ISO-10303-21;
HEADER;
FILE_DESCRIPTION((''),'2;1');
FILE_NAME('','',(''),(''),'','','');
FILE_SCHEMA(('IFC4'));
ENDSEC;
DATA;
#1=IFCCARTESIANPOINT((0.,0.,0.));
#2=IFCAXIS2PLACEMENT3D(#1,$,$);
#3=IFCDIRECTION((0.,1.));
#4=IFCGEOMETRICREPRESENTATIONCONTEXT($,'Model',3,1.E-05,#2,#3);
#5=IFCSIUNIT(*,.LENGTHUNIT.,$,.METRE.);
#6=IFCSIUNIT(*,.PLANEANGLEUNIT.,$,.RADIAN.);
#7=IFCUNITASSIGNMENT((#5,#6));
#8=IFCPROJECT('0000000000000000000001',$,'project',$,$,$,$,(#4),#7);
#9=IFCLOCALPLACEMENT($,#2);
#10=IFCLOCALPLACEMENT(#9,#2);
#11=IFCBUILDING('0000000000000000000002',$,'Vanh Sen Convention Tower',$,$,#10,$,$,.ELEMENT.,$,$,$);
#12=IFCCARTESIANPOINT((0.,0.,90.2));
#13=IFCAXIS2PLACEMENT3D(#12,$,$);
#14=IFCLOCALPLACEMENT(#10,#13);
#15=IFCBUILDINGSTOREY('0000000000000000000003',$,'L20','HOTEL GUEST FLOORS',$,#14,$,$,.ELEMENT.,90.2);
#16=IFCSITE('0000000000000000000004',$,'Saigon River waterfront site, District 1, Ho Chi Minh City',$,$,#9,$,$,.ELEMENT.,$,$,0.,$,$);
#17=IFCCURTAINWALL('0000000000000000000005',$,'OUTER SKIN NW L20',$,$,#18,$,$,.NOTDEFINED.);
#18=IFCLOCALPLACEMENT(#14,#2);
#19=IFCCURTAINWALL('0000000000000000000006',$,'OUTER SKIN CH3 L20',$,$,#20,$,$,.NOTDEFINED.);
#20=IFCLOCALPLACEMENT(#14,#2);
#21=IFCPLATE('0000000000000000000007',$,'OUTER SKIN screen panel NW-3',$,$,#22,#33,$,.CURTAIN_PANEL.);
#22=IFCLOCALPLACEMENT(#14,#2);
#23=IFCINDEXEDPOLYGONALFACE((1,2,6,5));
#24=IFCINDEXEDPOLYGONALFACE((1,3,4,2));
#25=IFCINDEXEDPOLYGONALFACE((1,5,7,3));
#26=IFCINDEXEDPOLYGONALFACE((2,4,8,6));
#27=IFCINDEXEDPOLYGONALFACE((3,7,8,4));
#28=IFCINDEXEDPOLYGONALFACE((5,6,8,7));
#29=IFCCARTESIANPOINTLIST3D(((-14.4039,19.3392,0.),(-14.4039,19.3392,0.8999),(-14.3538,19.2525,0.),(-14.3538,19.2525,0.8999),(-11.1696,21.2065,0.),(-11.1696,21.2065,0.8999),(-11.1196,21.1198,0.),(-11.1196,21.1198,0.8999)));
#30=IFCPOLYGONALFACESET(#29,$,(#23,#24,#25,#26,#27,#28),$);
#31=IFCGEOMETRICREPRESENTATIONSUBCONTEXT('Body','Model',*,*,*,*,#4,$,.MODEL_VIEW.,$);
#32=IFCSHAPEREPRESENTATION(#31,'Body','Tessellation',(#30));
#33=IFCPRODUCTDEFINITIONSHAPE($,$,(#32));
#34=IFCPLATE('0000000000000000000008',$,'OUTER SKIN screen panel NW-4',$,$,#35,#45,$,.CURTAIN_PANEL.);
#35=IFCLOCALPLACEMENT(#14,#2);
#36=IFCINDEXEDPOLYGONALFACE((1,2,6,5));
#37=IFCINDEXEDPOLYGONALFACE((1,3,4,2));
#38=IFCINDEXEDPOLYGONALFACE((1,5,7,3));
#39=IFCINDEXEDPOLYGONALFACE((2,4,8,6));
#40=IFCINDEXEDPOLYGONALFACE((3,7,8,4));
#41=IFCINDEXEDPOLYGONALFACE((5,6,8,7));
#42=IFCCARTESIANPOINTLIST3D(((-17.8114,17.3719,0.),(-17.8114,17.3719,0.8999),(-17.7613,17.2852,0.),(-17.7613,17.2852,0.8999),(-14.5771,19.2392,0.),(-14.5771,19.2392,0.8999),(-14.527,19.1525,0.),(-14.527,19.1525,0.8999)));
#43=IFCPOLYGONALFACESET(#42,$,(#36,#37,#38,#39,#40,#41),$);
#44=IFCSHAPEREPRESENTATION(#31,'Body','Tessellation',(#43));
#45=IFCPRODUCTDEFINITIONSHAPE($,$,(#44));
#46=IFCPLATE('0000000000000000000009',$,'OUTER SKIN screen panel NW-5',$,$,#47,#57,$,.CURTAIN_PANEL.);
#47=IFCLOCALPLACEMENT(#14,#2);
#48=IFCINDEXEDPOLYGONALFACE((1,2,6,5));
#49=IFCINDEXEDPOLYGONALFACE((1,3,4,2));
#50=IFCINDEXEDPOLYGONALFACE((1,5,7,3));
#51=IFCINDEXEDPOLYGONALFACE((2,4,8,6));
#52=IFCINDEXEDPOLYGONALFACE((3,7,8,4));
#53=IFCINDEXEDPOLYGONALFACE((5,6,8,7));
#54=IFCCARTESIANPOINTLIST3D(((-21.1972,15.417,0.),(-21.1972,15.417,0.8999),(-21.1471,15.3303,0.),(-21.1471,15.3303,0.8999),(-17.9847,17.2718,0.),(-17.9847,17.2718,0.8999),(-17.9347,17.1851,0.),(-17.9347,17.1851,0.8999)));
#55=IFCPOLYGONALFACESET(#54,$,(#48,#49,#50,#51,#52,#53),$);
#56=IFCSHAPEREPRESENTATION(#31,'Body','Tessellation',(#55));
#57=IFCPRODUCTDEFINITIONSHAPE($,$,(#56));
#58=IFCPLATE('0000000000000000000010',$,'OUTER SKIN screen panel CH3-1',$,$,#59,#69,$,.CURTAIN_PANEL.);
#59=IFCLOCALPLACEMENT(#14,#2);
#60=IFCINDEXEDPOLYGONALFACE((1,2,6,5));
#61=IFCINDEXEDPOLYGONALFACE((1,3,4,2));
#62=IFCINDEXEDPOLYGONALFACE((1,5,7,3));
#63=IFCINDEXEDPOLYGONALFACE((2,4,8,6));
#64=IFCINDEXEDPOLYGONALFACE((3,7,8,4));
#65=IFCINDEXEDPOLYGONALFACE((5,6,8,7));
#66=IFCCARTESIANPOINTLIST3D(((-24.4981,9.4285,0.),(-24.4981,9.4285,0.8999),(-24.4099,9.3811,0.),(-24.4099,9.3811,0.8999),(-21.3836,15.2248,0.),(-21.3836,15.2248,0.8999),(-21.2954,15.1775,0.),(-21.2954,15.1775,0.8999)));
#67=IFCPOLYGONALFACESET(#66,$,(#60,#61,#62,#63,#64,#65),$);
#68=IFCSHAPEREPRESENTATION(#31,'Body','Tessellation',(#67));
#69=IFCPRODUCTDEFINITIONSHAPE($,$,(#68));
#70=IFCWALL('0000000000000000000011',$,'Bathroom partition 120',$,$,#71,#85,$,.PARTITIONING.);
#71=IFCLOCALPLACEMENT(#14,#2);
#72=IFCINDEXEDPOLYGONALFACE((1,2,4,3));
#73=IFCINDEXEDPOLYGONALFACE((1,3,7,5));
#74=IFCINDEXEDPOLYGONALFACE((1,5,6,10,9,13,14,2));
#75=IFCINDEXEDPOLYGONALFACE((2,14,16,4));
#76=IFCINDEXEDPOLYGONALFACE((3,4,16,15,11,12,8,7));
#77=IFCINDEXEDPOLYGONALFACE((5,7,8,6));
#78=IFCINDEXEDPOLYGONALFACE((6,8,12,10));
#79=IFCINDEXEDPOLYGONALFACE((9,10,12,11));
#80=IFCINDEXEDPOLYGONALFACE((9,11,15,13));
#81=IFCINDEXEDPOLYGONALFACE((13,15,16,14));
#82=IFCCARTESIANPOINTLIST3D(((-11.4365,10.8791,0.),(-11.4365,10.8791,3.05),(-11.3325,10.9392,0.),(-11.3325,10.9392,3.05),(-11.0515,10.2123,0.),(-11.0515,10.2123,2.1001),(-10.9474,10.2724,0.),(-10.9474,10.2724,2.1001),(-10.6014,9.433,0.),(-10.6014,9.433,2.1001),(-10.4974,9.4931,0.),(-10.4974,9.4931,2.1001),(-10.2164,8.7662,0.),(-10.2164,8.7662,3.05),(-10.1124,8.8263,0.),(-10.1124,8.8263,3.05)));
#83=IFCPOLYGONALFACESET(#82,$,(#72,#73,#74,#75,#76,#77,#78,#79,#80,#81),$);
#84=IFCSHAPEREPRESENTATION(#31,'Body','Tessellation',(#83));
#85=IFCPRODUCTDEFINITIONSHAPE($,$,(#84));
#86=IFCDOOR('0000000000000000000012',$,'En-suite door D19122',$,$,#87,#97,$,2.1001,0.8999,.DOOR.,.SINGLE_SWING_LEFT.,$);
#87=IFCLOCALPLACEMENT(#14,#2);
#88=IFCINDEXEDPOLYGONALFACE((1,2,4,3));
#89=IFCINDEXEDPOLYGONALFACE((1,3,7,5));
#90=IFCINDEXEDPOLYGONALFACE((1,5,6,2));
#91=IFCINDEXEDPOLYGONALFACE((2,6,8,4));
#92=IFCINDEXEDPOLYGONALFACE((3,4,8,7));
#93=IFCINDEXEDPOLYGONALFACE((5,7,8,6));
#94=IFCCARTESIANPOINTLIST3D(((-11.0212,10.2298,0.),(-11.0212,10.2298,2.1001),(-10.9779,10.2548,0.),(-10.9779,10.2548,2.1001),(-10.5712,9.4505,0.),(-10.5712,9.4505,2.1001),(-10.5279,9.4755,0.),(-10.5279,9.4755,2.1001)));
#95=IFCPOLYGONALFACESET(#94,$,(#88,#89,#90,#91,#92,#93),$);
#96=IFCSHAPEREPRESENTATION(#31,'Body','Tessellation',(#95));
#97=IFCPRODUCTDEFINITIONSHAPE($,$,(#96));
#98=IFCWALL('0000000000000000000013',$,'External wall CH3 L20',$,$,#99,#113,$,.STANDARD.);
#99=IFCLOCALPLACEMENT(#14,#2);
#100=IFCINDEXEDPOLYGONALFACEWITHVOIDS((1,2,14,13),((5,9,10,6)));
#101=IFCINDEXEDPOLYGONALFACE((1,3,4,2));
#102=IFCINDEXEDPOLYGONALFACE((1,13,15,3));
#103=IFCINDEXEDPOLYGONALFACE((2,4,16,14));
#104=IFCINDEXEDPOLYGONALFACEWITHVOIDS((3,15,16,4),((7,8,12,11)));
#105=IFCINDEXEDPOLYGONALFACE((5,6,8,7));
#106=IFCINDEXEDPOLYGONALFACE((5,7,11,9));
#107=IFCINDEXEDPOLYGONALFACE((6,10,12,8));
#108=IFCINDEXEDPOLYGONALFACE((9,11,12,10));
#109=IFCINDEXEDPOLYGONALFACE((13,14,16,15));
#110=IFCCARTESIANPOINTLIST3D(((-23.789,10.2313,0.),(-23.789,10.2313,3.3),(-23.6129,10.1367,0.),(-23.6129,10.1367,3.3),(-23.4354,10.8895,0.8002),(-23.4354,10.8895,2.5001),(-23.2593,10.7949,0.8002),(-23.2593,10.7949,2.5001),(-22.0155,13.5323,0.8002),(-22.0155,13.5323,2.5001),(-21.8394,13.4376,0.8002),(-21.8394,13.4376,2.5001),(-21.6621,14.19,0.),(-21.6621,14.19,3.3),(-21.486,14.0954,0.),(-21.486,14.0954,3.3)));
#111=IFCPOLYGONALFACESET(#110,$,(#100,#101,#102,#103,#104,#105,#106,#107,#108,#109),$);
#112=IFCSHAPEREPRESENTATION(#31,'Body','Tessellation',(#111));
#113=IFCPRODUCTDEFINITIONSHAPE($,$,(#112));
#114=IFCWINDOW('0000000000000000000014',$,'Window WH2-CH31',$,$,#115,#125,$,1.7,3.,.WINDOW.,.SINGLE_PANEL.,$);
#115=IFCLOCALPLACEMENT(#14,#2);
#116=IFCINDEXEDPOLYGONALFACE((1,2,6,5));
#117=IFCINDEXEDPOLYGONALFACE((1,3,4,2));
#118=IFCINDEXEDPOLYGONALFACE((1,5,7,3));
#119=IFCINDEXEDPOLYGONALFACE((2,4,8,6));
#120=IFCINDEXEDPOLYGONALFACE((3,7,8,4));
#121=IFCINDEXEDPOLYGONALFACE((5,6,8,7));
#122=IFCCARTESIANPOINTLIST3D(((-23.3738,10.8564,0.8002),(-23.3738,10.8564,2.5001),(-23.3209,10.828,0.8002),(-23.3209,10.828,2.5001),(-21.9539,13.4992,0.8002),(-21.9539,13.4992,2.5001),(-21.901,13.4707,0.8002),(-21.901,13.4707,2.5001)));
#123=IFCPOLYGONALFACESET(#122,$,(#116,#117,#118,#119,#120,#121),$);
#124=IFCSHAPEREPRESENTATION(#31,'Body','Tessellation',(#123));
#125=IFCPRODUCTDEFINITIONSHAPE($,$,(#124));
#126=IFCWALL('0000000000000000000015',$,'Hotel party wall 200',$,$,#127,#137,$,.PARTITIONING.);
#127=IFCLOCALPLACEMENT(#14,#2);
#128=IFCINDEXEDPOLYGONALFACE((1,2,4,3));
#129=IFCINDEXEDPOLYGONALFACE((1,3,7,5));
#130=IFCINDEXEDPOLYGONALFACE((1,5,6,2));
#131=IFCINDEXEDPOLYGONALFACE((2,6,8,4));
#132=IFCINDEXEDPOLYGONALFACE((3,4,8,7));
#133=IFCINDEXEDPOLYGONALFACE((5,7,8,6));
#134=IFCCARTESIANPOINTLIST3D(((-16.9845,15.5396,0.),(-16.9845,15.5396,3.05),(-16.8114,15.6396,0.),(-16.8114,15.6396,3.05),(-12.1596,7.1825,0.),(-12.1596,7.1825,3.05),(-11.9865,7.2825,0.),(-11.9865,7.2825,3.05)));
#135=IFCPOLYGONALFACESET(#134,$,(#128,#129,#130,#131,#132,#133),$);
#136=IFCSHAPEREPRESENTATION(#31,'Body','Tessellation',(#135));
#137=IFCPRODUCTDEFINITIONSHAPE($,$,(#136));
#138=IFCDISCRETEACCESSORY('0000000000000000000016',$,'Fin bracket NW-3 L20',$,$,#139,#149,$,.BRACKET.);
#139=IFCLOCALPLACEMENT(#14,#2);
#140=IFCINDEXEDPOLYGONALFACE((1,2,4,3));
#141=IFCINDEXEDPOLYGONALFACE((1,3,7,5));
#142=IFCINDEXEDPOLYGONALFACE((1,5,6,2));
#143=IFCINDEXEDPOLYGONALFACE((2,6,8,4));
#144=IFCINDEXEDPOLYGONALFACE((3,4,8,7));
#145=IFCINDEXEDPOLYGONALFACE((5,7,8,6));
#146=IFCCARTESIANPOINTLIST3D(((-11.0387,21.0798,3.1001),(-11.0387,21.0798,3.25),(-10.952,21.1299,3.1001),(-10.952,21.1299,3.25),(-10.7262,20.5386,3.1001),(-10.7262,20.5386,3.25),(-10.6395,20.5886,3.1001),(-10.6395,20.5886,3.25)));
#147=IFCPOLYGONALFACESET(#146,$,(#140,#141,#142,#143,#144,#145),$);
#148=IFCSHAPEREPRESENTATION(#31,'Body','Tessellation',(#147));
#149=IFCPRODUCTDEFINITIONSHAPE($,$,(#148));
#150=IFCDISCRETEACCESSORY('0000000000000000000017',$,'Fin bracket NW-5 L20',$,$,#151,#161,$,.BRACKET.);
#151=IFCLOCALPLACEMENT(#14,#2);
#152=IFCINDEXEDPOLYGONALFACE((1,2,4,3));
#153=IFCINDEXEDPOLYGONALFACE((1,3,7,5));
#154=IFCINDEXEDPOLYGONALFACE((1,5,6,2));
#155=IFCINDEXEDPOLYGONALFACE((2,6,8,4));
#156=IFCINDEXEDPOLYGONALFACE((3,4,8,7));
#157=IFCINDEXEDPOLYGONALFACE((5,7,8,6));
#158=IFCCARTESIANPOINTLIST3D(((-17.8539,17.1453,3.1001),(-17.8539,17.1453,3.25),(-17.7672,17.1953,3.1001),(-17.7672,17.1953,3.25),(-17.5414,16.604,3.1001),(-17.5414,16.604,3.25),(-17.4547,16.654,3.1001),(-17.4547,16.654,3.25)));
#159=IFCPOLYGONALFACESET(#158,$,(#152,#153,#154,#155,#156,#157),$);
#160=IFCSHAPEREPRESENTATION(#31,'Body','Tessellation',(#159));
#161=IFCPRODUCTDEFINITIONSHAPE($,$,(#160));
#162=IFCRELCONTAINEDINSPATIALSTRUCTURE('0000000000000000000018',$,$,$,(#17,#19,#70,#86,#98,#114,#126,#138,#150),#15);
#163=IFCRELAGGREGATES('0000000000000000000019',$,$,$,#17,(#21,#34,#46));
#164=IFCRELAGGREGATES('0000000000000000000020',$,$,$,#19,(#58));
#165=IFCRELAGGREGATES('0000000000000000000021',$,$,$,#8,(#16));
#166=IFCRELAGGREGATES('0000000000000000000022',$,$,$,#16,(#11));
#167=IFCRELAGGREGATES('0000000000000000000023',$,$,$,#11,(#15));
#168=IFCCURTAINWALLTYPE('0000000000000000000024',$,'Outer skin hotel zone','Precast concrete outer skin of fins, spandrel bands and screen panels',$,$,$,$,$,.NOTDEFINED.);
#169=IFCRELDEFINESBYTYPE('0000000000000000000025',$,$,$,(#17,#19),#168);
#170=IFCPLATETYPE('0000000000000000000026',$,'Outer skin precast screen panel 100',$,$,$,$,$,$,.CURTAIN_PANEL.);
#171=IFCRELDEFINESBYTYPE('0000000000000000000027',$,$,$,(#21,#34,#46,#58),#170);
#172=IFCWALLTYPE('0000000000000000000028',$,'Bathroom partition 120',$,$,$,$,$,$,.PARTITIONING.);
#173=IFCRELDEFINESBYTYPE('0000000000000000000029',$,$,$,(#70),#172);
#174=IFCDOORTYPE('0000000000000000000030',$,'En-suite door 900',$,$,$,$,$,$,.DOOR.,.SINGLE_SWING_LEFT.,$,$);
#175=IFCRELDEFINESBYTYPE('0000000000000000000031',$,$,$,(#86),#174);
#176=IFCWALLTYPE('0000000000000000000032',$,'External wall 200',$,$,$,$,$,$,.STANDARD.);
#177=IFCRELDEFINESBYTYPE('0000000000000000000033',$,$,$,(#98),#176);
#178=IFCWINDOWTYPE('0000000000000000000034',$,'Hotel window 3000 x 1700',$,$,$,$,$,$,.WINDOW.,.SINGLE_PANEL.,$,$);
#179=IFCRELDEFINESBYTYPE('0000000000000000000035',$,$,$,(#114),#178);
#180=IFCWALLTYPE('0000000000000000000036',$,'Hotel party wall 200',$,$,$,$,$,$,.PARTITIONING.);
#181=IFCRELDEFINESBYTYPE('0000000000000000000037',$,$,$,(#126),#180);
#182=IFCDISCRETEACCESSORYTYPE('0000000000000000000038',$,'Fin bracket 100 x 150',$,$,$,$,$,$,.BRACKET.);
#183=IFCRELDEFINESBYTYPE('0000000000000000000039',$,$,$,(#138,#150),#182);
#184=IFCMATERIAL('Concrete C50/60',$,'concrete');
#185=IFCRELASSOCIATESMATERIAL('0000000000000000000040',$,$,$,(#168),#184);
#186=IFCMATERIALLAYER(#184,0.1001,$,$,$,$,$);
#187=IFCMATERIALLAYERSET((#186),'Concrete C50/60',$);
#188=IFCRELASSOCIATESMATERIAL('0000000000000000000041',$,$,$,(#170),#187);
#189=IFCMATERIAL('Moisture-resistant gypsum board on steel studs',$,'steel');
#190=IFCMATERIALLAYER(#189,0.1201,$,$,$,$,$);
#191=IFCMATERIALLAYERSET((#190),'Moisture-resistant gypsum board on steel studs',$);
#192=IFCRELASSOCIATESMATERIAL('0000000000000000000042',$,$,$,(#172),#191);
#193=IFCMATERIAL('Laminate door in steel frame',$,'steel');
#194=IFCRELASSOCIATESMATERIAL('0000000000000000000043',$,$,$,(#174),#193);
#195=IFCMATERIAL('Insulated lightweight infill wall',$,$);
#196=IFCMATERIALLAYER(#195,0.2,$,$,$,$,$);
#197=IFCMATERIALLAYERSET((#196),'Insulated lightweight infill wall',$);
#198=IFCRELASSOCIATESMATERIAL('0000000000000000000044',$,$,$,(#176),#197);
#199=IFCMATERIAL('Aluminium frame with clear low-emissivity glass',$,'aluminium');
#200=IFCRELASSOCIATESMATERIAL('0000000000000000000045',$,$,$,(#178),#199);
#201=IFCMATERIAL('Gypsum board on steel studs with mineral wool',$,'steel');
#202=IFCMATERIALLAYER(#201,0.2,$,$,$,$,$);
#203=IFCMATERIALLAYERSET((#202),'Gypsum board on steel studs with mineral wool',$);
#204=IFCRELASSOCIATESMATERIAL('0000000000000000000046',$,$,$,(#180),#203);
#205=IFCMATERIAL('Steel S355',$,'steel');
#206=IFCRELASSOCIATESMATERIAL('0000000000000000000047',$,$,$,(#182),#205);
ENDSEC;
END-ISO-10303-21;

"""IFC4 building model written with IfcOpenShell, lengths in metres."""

from ifc_helpers import new_model, si_unit, direction, frame, frame_2d, origin, origin_2d, place, context, subcontext, project, spatial, rectangle, extrude, material, layer, layer_set, type_object, element, fill, aggregate, save


model = new_model("IFC4")

# Units and contexts
model_context = context("Model", 3, precision=1e-05, world=origin(), true_north=direction((0.0, 1.0)))
body_context = subcontext(model_context, "Body", "Model", "MODEL_VIEW")
ifc_project = project(units=[si_unit("LENGTHUNIT", "METRE"), si_unit("PLANEANGLEUNIT", "RADIAN")], contexts=[model_context])

# Site, building, storey
site_placement = place(None, origin())
site = spatial("IfcSite", under=ifc_project, at=site_placement, Name="Saigon River waterfront site, District 1, Ho Chi Minh City", CompositionType="ELEMENT", RefElevation=0.0)
building_placement = place(site_placement, origin())
building = spatial("IfcBuilding", under=site, at=building_placement, Name="Vanh Sen Convention Tower", CompositionType="ELEMENT")
storey_placement = place(building_placement, frame((0.0, 0.0, 90.2)))
storey = spatial("IfcBuildingStorey", under=building, at=storey_placement, Name="L20", Description="HOTEL GUEST FLOORS", CompositionType="ELEMENT", Elevation=90.2)

# Curtain wall
ifc_material_1 = material(Name="Concrete C50/60", Category="concrete")
curtain_wall_type = type_object("IfcCurtainWallType", Name="Outer skin hotel zone", Description="Precast concrete outer skin of fins, spandrel bands and screen panels", PredefinedType="NOTDEFINED", material=ifc_material_1)
curtain_wall_1_placement = place(storey_placement, origin())
curtain_wall_1 = element("IfcCurtainWall", 1, at=curtain_wall_1_placement, inside=storey, type_object=curtain_wall_type, Name="OUTER SKIN NW L20", PredefinedType="NOTDEFINED")

# Curtain wall
curtain_wall_2_placement = place(storey_placement, origin())
curtain_wall_2 = element("IfcCurtainWall", 2, at=curtain_wall_2_placement, inside=storey, type_object=curtain_wall_type, Name="OUTER SKIN CH3 L20", PredefinedType="NOTDEFINED")

# Plates
ifc_layer_1 = layer(ifc_material_1, 0.1001)
ifc_layer_set_1 = layer_set([ifc_layer_1], Name="Concrete C50/60")
plate_type = type_object("IfcPlateType", Name="Outer skin precast screen panel 100", PredefinedType="CURTAIN_PANEL", material=ifc_layer_set_1)
plate_1_placement = place(storey_placement, frame((-12.7617, 20.2295, 0.0), z_axis=(0.0, 0.0, 1.0), x_axis=(-0.866028, -0.499995, 0.0)))
plate_1 = element("IfcPlate", 3, at=plate_1_placement, type_object=plate_type, Name="OUTER SKIN screen panel NW-3", PredefinedType="CURTAIN_PANEL", context=body_context, shape_type="SweptSolid", body=[
    extrude(rectangle(XDim=3.7346, YDim=0.1001, at=origin_2d()), origin(), (0.0, 0.0, 1.0), 0.8999),
])
plate_2_placement = place(storey_placement, frame((-16.1692, 18.2622, 0.0), z_axis=(0.0, 0.0, 1.0), x_axis=(-0.866028, -0.499995, 0.0)))
plate_2 = element("IfcPlate", 4, at=plate_2_placement, type_object=plate_type, Name="OUTER SKIN screen panel NW-4", PredefinedType="CURTAIN_PANEL", context=body_context, shape_type="SweptSolid", body=[
    extrude(rectangle(XDim=3.7346, YDim=0.1001, at=origin_2d()), origin(), (0.0, 0.0, 1.0), 0.8999),
])
plate_3_placement = place(storey_placement, frame((-19.5659, 16.301, 0.0), z_axis=(0.0, 0.0, 1.0), x_axis=(-0.866021, -0.500008, 0.0)))
plate_3 = element("IfcPlate", 5, at=plate_3_placement, type_object=plate_type, Name="OUTER SKIN screen panel NW-5", PredefinedType="CURTAIN_PANEL", context=body_context, shape_type="SweptSolid", body=[
    extrude(rectangle(XDim=3.7095, YDim=0.1001, at=origin_2d()), origin(), (0.0, 0.0, 1.0), 0.8999),
])
aggregate(curtain_wall_1, [plate_1, plate_2, plate_3])
plate_4_placement = place(storey_placement, frame((-22.8967, 12.303, 0.0), z_axis=(0.0, 0.0, 1.0), x_axis=(-0.473318, -0.880892, 0.0)))
plate_4 = element("IfcPlate", 6, at=plate_4_placement, type_object=plate_type, Name="OUTER SKIN screen panel CH3-1", PredefinedType="CURTAIN_PANEL", context=body_context, shape_type="SweptSolid", body=[
    extrude(rectangle(XDim=6.5801, YDim=0.1001, at=origin_2d()), origin(), (0.0, 0.0, 1.0), 0.8999),
])
aggregate(curtain_wall_2, [plate_4])

# Wall, opening, door
ifc_material_2 = material(Name="Moisture-resistant gypsum board on steel studs", Category="steel")
ifc_layer_2 = layer(ifc_material_2, 0.1201)
ifc_layer_set_2 = layer_set([ifc_layer_2], Name="Moisture-resistant gypsum board on steel studs")
wall_type_1 = type_object("IfcWallType", Name="Bathroom partition 120", PredefinedType="PARTITIONING", material=ifc_layer_set_2)
wall_1_placement = place(storey_placement, frame((-11.3845, 10.9092, 0.0), z_axis=(0.0, 0.0, 1.0), x_axis=(0.500078, -0.865981, 0.0)))
wall_1 = element("IfcWall", 7, at=wall_1_placement, inside=storey, type_object=wall_type_1, Name="Bathroom partition 120", PredefinedType="PARTITIONING", context=body_context, shape_type="SweptSolid", body=[
    extrude(rectangle(XDim=2.4399, YDim=0.1201, at=frame_2d((1.22, 0.0))), origin(), (0.0, 0.0, 1.0), 3.05),
])
opening_1_placement = place(wall_1_placement, frame((0.77, 0.0, 0.0)))
opening_1 = element("IfcOpeningElement", 8, at=opening_1_placement, cuts=wall_1, PredefinedType="OPENING", context=body_context, shape_type="SweptSolid", body=[
    extrude(rectangle(XDim=0.8999, YDim=2.1001, at=frame_2d((0.45, 1.05))), frame((0.0, 0.0701, 0.0), z_axis=(0.0, -1.0, 0.0), x_axis=(1.0, 0.0, 0.0)), (0.0, 0.0, 1.0), 0.1401),
])
ifc_material_3 = material(Name="Laminate door in steel frame", Category="steel")
door_type = type_object("IfcDoorType", Name="En-suite door 900", OperationType="SINGLE_SWING_LEFT", PredefinedType="DOOR", material=ifc_material_3)
door_placement = place(opening_1_placement, origin())
door = element("IfcDoor", 9, at=door_placement, inside=storey, type_object=door_type, Name="En-suite door D19122", OperationType="SINGLE_SWING_LEFT", OverallHeight=2.1001, OverallWidth=0.8999, PredefinedType="DOOR", context=body_context, shape_type="SweptSolid", body=[
    extrude(rectangle(XDim=0.8999, YDim=2.1001, at=frame_2d((0.45, 1.05))), frame((0.0, 0.0249, 0.0), z_axis=(0.0, -1.0, 0.0), x_axis=(1.0, 0.0, 0.0)), (0.0, 0.0, 1.0), 0.05),
])
fill(opening_1, door)

# Wall, opening, window
ifc_material_4 = material(Name="Insulated lightweight infill wall")
ifc_layer_3 = layer(ifc_material_4, 0.2)
ifc_layer_set_3 = layer_set([ifc_layer_3], Name="Insulated lightweight infill wall")
wall_type_2 = type_object("IfcWallType", Name="External wall 200", PredefinedType="STANDARD", material=ifc_layer_set_3)
wall_2_placement = place(storey_placement, frame((-21.574, 14.1428, 0.0), z_axis=(0.0, 0.0, 1.0), x_axis=(-0.473293, -0.880905, 0.0)))
wall_2 = element("IfcWall", 10, at=wall_2_placement, inside=storey, type_object=wall_type_2, Name="External wall CH3 L20", PredefinedType="STANDARD", context=body_context, shape_type="SweptSolid", body=[
    extrude(rectangle(XDim=4.4939, YDim=0.2, at=frame_2d((2.2471, 0.0))), origin(), (0.0, 0.0, 1.0), 3.3),
])
opening_2_placement = place(wall_2_placement, frame((0.7468, 0.0, 0.8)))
opening_2 = element("IfcOpeningElement", 11, at=opening_2_placement, cuts=wall_2, PredefinedType="OPENING", context=body_context, shape_type="SweptSolid", body=[
    extrude(rectangle(XDim=3.0, YDim=1.7, at=frame_2d((1.5, 0.8501))), frame((0.0, 0.1099, 0.0), z_axis=(0.0, -1.0, 0.0), x_axis=(1.0, 0.0, 0.0)), (0.0, 0.0, 1.0), 0.22),
])
ifc_material_5 = material(Name="Aluminium frame with clear low-emissivity glass", Category="aluminium")
window_type = type_object("IfcWindowType", Name="Hotel window 3000 x 1700", PartitioningType="SINGLE_PANEL", PredefinedType="WINDOW", material=ifc_material_5)
window_placement = place(opening_2_placement, origin())
window = element("IfcWindow", 12, at=window_placement, inside=storey, type_object=window_type, Name="Window WH2-CH31", OverallHeight=1.7, OverallWidth=3.0, PartitioningType="SINGLE_PANEL", PredefinedType="WINDOW", context=body_context, shape_type="SweptSolid", body=[
    extrude(rectangle(XDim=3.0, YDim=1.7, at=frame_2d((1.5, 0.8501))), frame((0.0, 0.03, 0.0), z_axis=(0.0, -1.0, 0.0), x_axis=(1.0, 0.0, 0.0)), (0.0, 0.0, 1.0), 0.0601),
])
fill(opening_2, window)

# Wall
ifc_material_6 = material(Name="Gypsum board on steel studs with mineral wool", Category="steel")
ifc_layer_4 = layer(ifc_material_6, 0.2)
ifc_layer_set_4 = layer_set([ifc_layer_4], Name="Gypsum board on steel studs with mineral wool")
wall_type_3 = type_object("IfcWallType", Name="Hotel party wall 200", PredefinedType="PARTITIONING", material=ifc_layer_set_4)
wall_3_placement = place(storey_placement, frame((-16.8979, 15.5896, 0.0), z_axis=(0.0, 0.0, 1.0), x_axis=(0.499995, -0.866028, 0.0)))
element("IfcWall", 13, at=wall_3_placement, inside=storey, type_object=wall_type_3, Name="Hotel party wall 200", PredefinedType="PARTITIONING", context=body_context, shape_type="SweptSolid", body=[
    extrude(rectangle(XDim=9.6499, YDim=0.2, at=frame_2d((4.825, 0.0))), origin(), (0.0, 0.0, 1.0), 3.05),
])

# Discrete accessories
ifc_material_7 = material(Name="Steel S355", Category="steel")
discrete_accessory_type = type_object("IfcDiscreteAccessoryType", Name="Fin bracket 100 x 150", PredefinedType="BRACKET", material=ifc_material_7)
for number, where, z_axis, x_axis, name in (
    (14, (-10.8391, 20.8342, 3.1001), (0.0, 0.0, 1.0), (-0.5, 0.866025, 0.0), "Fin bracket NW-3 L20"),
    (15, (-17.6543, 16.8997, 3.1001), (0.0, 0.0, 1.0), (-0.5, 0.866025, 0.0), "Fin bracket NW-5 L20"),
):
    element("IfcDiscreteAccessory", number, at=place(storey_placement, frame(where, z_axis=z_axis, x_axis=x_axis)), inside=storey, type_object=discrete_accessory_type, Name=name, PredefinedType="BRACKET", context=body_context, shape_type="SweptSolid", body=[
        extrude(rectangle(XDim=0.625, YDim=0.1001, at=origin_2d()), origin(), (0.0, 0.0, 1.0), 0.1499),
    ])

save(model, "model.ifc")
